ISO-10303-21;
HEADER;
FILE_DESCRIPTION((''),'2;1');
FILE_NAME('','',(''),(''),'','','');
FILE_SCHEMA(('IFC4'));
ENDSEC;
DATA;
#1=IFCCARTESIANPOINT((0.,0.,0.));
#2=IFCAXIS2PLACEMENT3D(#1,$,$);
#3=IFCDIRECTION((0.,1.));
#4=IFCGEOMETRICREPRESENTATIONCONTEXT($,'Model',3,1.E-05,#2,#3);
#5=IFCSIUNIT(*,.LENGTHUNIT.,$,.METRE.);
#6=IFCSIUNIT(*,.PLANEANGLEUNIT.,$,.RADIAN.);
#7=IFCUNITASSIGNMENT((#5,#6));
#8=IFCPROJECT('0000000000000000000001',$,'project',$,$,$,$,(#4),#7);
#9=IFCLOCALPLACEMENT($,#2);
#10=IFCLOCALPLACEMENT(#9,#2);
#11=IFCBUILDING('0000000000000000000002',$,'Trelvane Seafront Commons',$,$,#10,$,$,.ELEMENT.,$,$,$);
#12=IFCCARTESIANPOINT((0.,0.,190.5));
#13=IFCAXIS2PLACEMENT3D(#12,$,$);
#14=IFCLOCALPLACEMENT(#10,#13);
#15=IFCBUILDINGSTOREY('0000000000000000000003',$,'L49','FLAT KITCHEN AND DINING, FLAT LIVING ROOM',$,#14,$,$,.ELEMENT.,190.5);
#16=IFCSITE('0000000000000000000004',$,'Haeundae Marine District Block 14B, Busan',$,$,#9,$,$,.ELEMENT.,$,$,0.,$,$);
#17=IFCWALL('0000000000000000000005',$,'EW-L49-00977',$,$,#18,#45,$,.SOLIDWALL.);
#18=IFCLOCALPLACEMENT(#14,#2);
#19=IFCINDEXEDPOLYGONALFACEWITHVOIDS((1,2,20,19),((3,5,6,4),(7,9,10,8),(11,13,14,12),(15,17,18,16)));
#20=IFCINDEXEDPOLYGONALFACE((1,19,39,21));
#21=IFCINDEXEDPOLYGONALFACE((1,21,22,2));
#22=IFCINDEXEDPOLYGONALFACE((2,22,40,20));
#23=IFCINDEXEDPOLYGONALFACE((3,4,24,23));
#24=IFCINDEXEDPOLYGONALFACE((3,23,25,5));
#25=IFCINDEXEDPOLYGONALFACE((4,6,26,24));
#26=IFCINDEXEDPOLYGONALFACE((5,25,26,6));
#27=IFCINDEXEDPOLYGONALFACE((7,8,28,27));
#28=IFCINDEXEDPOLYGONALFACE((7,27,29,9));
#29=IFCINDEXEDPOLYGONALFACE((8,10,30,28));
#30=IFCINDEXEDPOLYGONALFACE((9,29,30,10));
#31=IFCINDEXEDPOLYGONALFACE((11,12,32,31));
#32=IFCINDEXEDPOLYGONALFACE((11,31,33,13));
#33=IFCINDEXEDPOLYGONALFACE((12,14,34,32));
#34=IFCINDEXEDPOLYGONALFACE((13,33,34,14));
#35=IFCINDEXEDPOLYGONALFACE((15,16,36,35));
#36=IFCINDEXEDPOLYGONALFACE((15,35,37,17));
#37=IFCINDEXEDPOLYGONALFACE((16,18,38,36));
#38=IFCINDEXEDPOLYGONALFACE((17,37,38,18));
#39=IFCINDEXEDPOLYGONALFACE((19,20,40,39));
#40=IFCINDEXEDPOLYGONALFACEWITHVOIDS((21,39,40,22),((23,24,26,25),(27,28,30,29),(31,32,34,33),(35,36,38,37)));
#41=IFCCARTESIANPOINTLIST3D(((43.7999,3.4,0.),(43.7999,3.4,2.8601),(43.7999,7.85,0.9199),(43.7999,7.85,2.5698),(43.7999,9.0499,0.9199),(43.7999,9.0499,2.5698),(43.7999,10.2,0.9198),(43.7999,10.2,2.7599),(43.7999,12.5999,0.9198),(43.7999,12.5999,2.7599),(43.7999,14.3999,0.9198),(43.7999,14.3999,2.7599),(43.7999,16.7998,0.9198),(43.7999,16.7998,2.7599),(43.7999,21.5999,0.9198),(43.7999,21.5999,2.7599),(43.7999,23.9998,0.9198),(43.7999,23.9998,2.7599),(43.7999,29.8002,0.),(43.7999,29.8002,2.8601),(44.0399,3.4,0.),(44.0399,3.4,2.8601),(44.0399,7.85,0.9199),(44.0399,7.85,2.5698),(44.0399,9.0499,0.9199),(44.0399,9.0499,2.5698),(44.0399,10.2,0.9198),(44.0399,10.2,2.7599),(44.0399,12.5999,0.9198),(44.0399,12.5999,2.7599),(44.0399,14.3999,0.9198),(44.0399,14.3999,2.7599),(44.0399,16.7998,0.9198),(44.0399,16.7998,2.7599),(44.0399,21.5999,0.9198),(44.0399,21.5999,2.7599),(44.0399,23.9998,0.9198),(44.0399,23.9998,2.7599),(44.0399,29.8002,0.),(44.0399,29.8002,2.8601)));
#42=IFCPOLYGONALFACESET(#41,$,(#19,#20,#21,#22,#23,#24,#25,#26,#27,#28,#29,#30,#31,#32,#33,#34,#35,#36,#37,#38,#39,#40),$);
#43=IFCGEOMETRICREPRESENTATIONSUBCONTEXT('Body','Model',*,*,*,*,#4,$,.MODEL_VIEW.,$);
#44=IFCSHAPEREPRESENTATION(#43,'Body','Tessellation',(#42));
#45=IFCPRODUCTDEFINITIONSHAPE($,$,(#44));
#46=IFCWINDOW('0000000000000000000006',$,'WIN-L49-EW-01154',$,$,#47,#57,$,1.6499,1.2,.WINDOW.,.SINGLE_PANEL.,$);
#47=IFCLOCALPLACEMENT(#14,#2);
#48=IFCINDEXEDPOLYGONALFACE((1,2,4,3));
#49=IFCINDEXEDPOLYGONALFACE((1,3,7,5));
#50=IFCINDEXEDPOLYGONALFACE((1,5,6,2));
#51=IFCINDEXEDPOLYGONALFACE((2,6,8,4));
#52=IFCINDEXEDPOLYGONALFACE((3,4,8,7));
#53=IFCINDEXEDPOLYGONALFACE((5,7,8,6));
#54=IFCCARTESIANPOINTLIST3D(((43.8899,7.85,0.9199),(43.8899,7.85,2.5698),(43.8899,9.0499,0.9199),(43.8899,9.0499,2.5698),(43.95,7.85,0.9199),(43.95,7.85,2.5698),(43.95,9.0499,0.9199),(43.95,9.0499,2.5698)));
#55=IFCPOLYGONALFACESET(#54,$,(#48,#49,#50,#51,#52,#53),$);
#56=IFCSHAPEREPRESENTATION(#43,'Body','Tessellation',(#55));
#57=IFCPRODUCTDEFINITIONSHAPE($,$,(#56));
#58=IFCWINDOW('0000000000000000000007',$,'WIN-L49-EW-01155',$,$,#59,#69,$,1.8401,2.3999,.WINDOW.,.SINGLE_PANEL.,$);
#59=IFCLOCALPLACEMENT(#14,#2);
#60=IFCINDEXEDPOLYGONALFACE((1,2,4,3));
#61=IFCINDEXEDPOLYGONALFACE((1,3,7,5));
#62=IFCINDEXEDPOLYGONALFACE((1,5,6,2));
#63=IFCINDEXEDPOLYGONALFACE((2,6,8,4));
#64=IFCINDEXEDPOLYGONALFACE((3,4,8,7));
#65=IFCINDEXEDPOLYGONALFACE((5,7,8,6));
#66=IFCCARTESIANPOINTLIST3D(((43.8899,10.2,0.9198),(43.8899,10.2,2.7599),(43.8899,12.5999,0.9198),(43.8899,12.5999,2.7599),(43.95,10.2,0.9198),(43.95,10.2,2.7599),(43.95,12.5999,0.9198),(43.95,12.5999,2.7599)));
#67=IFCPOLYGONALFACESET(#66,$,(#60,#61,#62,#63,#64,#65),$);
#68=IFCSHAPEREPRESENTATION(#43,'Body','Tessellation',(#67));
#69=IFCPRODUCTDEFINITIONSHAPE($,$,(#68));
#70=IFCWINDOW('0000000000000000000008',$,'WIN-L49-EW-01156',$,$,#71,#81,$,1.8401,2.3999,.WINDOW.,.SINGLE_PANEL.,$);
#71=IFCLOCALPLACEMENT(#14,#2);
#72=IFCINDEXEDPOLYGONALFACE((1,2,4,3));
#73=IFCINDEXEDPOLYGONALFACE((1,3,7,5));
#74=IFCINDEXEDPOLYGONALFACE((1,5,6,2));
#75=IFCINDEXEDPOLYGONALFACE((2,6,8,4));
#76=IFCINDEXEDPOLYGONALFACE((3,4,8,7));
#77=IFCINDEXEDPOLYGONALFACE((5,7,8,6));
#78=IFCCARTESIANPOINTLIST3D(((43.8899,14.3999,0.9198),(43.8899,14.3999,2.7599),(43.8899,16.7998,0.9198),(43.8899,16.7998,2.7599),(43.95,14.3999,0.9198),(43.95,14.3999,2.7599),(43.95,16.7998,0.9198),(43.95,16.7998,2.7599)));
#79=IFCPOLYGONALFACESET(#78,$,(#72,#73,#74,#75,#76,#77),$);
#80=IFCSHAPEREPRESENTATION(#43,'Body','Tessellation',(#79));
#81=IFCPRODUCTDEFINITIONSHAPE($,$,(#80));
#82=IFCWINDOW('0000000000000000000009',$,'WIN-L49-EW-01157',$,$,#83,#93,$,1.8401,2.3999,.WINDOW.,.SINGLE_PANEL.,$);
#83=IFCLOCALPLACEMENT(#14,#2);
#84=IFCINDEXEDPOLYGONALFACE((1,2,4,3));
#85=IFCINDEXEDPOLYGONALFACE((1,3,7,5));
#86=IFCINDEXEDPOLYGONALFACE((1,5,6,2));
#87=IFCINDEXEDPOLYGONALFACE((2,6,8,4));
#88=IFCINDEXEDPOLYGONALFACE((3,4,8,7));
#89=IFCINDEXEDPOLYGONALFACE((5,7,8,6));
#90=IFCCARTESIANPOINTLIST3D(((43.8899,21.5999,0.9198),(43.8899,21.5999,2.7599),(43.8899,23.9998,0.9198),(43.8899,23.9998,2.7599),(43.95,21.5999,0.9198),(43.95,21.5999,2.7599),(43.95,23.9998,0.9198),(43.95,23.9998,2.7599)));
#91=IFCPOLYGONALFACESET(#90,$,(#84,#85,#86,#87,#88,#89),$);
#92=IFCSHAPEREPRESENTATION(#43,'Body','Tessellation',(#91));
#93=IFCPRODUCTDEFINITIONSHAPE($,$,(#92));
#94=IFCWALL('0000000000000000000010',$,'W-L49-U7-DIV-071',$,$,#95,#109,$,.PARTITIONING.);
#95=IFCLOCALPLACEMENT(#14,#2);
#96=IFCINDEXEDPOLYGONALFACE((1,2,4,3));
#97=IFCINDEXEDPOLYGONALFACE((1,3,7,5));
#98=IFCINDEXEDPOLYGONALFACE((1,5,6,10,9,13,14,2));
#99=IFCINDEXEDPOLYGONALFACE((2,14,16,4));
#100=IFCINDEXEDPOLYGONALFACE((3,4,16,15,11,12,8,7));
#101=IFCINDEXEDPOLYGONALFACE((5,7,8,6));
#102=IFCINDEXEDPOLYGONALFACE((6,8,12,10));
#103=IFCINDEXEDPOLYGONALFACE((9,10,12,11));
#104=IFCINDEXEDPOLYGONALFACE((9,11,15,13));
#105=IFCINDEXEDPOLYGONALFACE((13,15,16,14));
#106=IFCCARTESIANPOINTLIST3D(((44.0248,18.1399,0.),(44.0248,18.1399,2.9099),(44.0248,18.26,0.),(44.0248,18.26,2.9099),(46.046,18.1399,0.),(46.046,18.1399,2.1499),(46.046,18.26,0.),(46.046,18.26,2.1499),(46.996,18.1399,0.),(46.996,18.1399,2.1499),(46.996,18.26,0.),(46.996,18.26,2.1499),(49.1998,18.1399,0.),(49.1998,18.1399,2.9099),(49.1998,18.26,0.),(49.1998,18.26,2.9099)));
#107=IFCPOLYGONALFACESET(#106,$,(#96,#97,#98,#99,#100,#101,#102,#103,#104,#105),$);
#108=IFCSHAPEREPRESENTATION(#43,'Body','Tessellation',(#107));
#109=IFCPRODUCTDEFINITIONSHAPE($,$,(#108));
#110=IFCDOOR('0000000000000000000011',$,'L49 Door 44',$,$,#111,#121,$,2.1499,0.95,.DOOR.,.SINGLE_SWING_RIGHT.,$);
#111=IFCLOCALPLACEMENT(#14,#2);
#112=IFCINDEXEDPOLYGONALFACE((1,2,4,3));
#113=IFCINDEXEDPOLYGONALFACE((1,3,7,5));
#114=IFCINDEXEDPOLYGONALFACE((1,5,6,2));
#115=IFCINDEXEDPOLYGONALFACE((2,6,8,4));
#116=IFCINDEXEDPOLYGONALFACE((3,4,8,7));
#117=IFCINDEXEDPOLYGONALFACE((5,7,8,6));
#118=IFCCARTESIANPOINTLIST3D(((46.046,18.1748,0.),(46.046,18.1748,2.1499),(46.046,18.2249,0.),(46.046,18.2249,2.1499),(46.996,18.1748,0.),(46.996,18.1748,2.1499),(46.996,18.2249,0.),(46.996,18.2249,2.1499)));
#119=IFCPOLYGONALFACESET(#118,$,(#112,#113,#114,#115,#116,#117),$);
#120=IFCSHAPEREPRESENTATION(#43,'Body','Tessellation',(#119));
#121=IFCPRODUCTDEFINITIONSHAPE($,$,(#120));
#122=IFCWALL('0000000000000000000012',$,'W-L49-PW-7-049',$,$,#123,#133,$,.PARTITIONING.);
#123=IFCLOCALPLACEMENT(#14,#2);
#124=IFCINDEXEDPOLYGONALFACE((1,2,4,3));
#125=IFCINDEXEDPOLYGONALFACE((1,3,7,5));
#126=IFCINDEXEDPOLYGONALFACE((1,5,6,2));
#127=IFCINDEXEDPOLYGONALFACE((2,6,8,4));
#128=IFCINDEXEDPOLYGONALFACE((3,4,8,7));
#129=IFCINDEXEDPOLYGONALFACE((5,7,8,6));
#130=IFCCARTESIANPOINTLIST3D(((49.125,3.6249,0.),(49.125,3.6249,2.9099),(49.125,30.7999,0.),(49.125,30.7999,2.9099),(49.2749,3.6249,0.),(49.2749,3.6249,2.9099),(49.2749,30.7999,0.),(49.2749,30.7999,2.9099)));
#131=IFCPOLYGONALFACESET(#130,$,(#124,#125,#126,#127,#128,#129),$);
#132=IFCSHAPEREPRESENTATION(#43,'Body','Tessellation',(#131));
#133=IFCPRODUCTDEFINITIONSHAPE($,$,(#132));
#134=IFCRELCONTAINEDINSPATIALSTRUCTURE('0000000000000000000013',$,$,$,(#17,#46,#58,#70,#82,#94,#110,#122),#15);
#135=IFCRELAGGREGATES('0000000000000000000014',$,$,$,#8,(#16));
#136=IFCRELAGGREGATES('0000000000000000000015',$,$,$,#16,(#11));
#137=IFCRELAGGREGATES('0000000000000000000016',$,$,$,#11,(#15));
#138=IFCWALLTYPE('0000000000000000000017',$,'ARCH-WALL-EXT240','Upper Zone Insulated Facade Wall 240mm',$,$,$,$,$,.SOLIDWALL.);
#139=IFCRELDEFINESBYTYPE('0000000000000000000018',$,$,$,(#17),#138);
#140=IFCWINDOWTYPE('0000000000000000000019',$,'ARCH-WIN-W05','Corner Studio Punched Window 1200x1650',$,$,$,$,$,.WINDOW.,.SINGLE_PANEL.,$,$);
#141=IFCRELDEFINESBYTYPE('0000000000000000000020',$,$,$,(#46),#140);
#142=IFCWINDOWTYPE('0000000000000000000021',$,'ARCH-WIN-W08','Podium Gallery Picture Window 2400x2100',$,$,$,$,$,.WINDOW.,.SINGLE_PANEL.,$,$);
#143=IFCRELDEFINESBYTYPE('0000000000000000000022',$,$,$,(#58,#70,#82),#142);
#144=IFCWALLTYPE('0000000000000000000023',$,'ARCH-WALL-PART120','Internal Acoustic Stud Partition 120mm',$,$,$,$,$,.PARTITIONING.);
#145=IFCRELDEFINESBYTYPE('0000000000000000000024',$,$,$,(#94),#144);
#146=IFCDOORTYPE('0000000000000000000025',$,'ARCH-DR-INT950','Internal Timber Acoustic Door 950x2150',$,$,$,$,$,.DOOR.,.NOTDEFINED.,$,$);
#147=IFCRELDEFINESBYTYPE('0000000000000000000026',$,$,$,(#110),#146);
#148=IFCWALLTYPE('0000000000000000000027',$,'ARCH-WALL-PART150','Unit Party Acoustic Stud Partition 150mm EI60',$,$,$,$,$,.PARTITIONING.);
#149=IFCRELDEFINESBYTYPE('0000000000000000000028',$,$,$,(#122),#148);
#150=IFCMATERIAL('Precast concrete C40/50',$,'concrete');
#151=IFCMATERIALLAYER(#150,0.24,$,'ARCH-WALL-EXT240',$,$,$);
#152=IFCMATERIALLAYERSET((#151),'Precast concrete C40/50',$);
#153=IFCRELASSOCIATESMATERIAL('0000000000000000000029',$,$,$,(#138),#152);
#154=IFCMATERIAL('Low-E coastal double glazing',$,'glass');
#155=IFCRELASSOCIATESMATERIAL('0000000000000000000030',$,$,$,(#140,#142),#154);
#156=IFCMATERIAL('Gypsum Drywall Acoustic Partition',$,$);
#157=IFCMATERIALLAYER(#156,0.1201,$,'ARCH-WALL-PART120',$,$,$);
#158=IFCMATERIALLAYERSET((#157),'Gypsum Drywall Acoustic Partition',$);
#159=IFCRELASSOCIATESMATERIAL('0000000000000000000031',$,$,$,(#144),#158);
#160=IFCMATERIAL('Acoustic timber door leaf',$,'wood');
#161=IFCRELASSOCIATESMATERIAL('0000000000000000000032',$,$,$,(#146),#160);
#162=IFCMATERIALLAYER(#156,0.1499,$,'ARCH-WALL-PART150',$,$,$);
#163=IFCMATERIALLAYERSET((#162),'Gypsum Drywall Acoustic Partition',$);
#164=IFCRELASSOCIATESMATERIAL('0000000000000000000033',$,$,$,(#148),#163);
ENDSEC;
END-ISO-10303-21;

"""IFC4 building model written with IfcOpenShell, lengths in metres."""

from ifc_helpers import new_model, si_unit, direction, frame, frame_2d, origin, place, context, subcontext, project, spatial, rectangle, extrude, source, transform, mapped, material, layer, layer_set, type_object, element, fill, save


model = new_model("IFC4")

# Units and contexts
model_context = context("Model", 3, precision=1e-05, world=origin(), true_north=direction((0.0, 1.0)))
body_context = subcontext(model_context, "Body", "Model", "MODEL_VIEW")
ifc_project = project(units=[si_unit("LENGTHUNIT", "METRE"), si_unit("PLANEANGLEUNIT", "RADIAN")], contexts=[model_context])

# Site, building, storey
site_placement = place(None, origin())
site = spatial("IfcSite", under=ifc_project, at=site_placement, Name="Haeundae Marine District Block 14B, Busan", CompositionType="ELEMENT", RefElevation=0.0)
building_placement = place(site_placement, origin())
building = spatial("IfcBuilding", under=site, at=building_placement, Name="Trelvane Seafront Commons", CompositionType="ELEMENT")
storey_placement = place(building_placement, frame((0.0, 0.0, 190.5)))
storey = spatial("IfcBuildingStorey", under=building, at=storey_placement, Name="L49", Description="FLAT KITCHEN AND DINING, FLAT LIVING ROOM", CompositionType="ELEMENT", Elevation=190.5)

# Wall, openings, windows
ifc_material_1 = material(Name="Precast concrete C40/50", Category="concrete")
ifc_layer_1 = layer(ifc_material_1, 0.24, Name="ARCH-WALL-EXT240")
ifc_layer_set_1 = layer_set([ifc_layer_1], Name="Precast concrete C40/50")
wall_type_1 = type_object("IfcWallType", Name="ARCH-WALL-EXT240", Description="Upper Zone Insulated Facade Wall 240mm", PredefinedType="SOLIDWALL", material=ifc_layer_set_1)
wall_1_placement = place(storey_placement, frame((43.9199, 3.3999, 0.0), z_axis=(0.0, 0.0, 1.0), x_axis=(0.0, 1.0, 0.0)))
wall_1 = element("IfcWall", 1, at=wall_1_placement, inside=storey, type_object=wall_type_1, Name="EW-L49-00977", PredefinedType="SOLIDWALL", context=body_context, shape_type="SweptSolid", body=[
    extrude(rectangle(XDim=26.4001, YDim=0.24, at=frame_2d((13.2002, 0.0))), origin(), (0.0, 0.0, 1.0), 2.8601),
])
opening_1_placement = place(wall_1_placement, frame((4.45, 0.0, 0.9199)))
opening_1 = element("IfcOpeningElement", 2, at=opening_1_placement, cuts=wall_1, PredefinedType="OPENING", context=body_context, shape_type="SweptSolid", body=[
    extrude(rectangle(XDim=1.2, YDim=1.6499, at=frame_2d((0.6001, 0.825))), frame((0.0, 0.1299, 0.0), z_axis=(0.0, -1.0, 0.0), x_axis=(1.0, 0.0, 0.0)), (0.0, 0.0, 1.0), 0.26),
])
opening_2_placement = place(wall_1_placement, frame((6.8, 0.0, 0.9199)))
opening_2 = element("IfcOpeningElement", 3, at=opening_2_placement, cuts=wall_1, PredefinedType="OPENING", context=body_context, shape_type="SweptSolid", body=[
    extrude(rectangle(XDim=2.3999, YDim=1.8401, at=frame_2d((1.2, 0.9199))), frame((0.0, 0.1299, 0.0), z_axis=(0.0, -1.0, 0.0), x_axis=(1.0, 0.0, 0.0)), (0.0, 0.0, 1.0), 0.26),
])
opening_3_placement = place(wall_1_placement, frame((11.0, 0.0, 0.9199)))
opening_3 = element("IfcOpeningElement", 4, at=opening_3_placement, cuts=wall_1, PredefinedType="OPENING", context=body_context, shape_type="SweptSolid", body=[
    extrude(rectangle(XDim=2.3999, YDim=1.8401, at=frame_2d((1.2, 0.9199))), frame((0.0, 0.1299, 0.0), z_axis=(0.0, -1.0, 0.0), x_axis=(1.0, 0.0, 0.0)), (0.0, 0.0, 1.0), 0.26),
])
opening_4_placement = place(wall_1_placement, frame((18.2, 0.0, 0.9199)))
opening_4 = element("IfcOpeningElement", 5, at=opening_4_placement, cuts=wall_1, PredefinedType="OPENING", context=body_context, shape_type="SweptSolid", body=[
    extrude(rectangle(XDim=2.3999, YDim=1.8401, at=frame_2d((1.2, 0.9199))), frame((0.0, 0.1299, 0.0), z_axis=(0.0, -1.0, 0.0), x_axis=(1.0, 0.0, 0.0)), (0.0, 0.0, 1.0), 0.26),
])
ifc_material_2 = material(Name="Low-E coastal double glazing", Category="glass")
window_type_1 = type_object("IfcWindowType", Name="ARCH-WIN-W05", Description="Corner Studio Punched Window 1200x1650", PartitioningType="SINGLE_PANEL", PredefinedType="WINDOW", material=ifc_material_2)
shared_shape_1 = source(origin(), body_context, "Body", "SweptSolid", [
    extrude(rectangle(XDim=1.2, YDim=1.6499, at=frame_2d((0.6001, 0.825))), frame((0.0, 0.03, 0.0), z_axis=(0.0, -1.0, 0.0), x_axis=(1.0, 0.0, 0.0)), (0.0, 0.0, 1.0), 0.0601),
])
window_1_placement = place(opening_1_placement, origin())
window_1 = element("IfcWindow", 6, at=window_1_placement, inside=storey, type_object=window_type_1, Name="WIN-L49-EW-01154", OverallHeight=1.6499, OverallWidth=1.2, PartitioningType="SINGLE_PANEL", PredefinedType="WINDOW", context=body_context, shape_type="MappedRepresentation", body=[
    mapped(shared_shape_1, transform((0.0, 0.0, 0.0), x_axis=(1.0, 0.0, 0.0), y_axis=(0.0, 1.0, 0.0), z_axis=(0.0, 0.0, 1.0), scale=1.0)),
])
fill(opening_1, window_1)
window_type_2 = type_object("IfcWindowType", Name="ARCH-WIN-W08", Description="Podium Gallery Picture Window 2400x2100", PartitioningType="SINGLE_PANEL", PredefinedType="WINDOW", material=ifc_material_2)
shared_shape_2 = source(origin(), body_context, "Body", "SweptSolid", [
    extrude(rectangle(XDim=2.3999, YDim=1.8401, at=frame_2d((1.2, 0.9199))), frame((0.0, 0.03, 0.0), z_axis=(0.0, -1.0, 0.0), x_axis=(1.0, 0.0, 0.0)), (0.0, 0.0, 1.0), 0.0601),
])
window_2_placement = place(opening_2_placement, origin())
window_2 = element("IfcWindow", 7, at=window_2_placement, inside=storey, type_object=window_type_2, Name="WIN-L49-EW-01155", OverallHeight=1.8401, OverallWidth=2.3999, PartitioningType="SINGLE_PANEL", PredefinedType="WINDOW", context=body_context, shape_type="MappedRepresentation", body=[
    mapped(shared_shape_2, transform((0.0, 0.0, 0.0), x_axis=(1.0, 0.0, 0.0), y_axis=(0.0, 1.0, 0.0), z_axis=(0.0, 0.0, 1.0), scale=1.0)),
])
fill(opening_2, window_2)
window_3_placement = place(opening_3_placement, origin())
window_3 = element("IfcWindow", 8, at=window_3_placement, inside=storey, type_object=window_type_2, Name="WIN-L49-EW-01156", OverallHeight=1.8401, OverallWidth=2.3999, PartitioningType="SINGLE_PANEL", PredefinedType="WINDOW", context=body_context, shape_type="MappedRepresentation", body=[
    mapped(shared_shape_2, transform((0.0, 0.0, 0.0), x_axis=(1.0, 0.0, 0.0), y_axis=(0.0, 1.0, 0.0), z_axis=(0.0, 0.0, 1.0), scale=1.0)),
])
fill(opening_3, window_3)
window_4_placement = place(opening_4_placement, origin())
window_4 = element("IfcWindow", 9, at=window_4_placement, inside=storey, type_object=window_type_2, Name="WIN-L49-EW-01157", OverallHeight=1.8401, OverallWidth=2.3999, PartitioningType="SINGLE_PANEL", PredefinedType="WINDOW", context=body_context, shape_type="MappedRepresentation", body=[
    mapped(shared_shape_2, transform((0.0, 0.0, 0.0), x_axis=(1.0, 0.0, 0.0), y_axis=(0.0, 1.0, 0.0), z_axis=(0.0, 0.0, 1.0), scale=1.0)),
])
fill(opening_4, window_4)

# Wall, opening, door
ifc_material_3 = material(Name="Gypsum Drywall Acoustic Partition")
ifc_layer_2 = layer(ifc_material_3, 0.1201, Name="ARCH-WALL-PART120")
ifc_layer_set_2 = layer_set([ifc_layer_2], Name="Gypsum Drywall Acoustic Partition")
wall_type_2 = type_object("IfcWallType", Name="ARCH-WALL-PART120", Description="Internal Acoustic Stud Partition 120mm", PredefinedType="PARTITIONING", material=ifc_layer_set_2)
wall_2_placement = place(storey_placement, frame((44.0249, 18.2, 0.0), z_axis=(0.0, 0.0, 1.0), x_axis=(1.0, 0.0, 0.0)))
wall_2 = element("IfcWall", 10, at=wall_2_placement, inside=storey, type_object=wall_type_2, Name="W-L49-U7-DIV-071", PredefinedType="PARTITIONING", context=body_context, shape_type="SweptSolid", body=[
    extrude(rectangle(XDim=5.175, YDim=0.1201, at=frame_2d((2.5874, 0.0))), origin(), (0.0, 0.0, 1.0), 2.9099),
])
opening_5_placement = place(wall_2_placement, frame((2.021, 0.0, 0.0)))
opening_5 = element("IfcOpeningElement", 11, at=opening_5_placement, cuts=wall_2, PredefinedType="OPENING", context=body_context, shape_type="SweptSolid", body=[
    extrude(rectangle(XDim=0.95, YDim=2.1499, at=frame_2d((0.4751, 1.075))), frame((0.0, 0.0701, 0.0), z_axis=(0.0, -1.0, 0.0), x_axis=(1.0, 0.0, 0.0)), (0.0, 0.0, 1.0), 0.1401),
])
ifc_material_4 = material(Name="Acoustic timber door leaf", Category="wood")
door_type = type_object("IfcDoorType", Name="ARCH-DR-INT950", Description="Internal Timber Acoustic Door 950x2150", OperationType="NOTDEFINED", PredefinedType="DOOR", material=ifc_material_4)
shared_shape_3 = source(origin(), body_context, "Body", "SweptSolid", [
    extrude(rectangle(XDim=0.95, YDim=2.1499, at=frame_2d((0.4751, 1.075))), frame((0.0, 0.0249, 0.0), z_axis=(0.0, -1.0, 0.0), x_axis=(1.0, 0.0, 0.0)), (0.0, 0.0, 1.0), 0.05),
])
door_placement = place(opening_5_placement, origin())
door = element("IfcDoor", 12, at=door_placement, inside=storey, type_object=door_type, Name="L49 Door 44", OperationType="SINGLE_SWING_RIGHT", OverallHeight=2.1499, OverallWidth=0.95, PredefinedType="DOOR", context=body_context, shape_type="MappedRepresentation", body=[
    mapped(shared_shape_3, transform((0.0, 0.0, 0.0), x_axis=(1.0, 0.0, 0.0), y_axis=(0.0, 1.0, 0.0), z_axis=(0.0, 0.0, 1.0), scale=1.0)),
])
fill(opening_5, door)

# Wall
ifc_layer_3 = layer(ifc_material_3, 0.1499, Name="ARCH-WALL-PART150")
ifc_layer_set_3 = layer_set([ifc_layer_3], Name="Gypsum Drywall Acoustic Partition")
wall_type_3 = type_object("IfcWallType", Name="ARCH-WALL-PART150", Description="Unit Party Acoustic Stud Partition 150mm EI60", PredefinedType="PARTITIONING", material=ifc_layer_set_3)
wall_3_placement = place(storey_placement, frame((49.2, 3.625, 0.0), z_axis=(0.0, 0.0, 1.0), x_axis=(0.0, 1.0, 0.0)))
element("IfcWall", 13, at=wall_3_placement, inside=storey, type_object=wall_type_3, Name="W-L49-PW-7-049", PredefinedType="PARTITIONING", context=body_context, shape_type="SweptSolid", body=[
    extrude(rectangle(XDim=27.175, YDim=0.1499, at=frame_2d((13.5874, 0.0))), origin(), (0.0, 0.0, 1.0), 2.9099),
])

save(model, "model.ifc")
